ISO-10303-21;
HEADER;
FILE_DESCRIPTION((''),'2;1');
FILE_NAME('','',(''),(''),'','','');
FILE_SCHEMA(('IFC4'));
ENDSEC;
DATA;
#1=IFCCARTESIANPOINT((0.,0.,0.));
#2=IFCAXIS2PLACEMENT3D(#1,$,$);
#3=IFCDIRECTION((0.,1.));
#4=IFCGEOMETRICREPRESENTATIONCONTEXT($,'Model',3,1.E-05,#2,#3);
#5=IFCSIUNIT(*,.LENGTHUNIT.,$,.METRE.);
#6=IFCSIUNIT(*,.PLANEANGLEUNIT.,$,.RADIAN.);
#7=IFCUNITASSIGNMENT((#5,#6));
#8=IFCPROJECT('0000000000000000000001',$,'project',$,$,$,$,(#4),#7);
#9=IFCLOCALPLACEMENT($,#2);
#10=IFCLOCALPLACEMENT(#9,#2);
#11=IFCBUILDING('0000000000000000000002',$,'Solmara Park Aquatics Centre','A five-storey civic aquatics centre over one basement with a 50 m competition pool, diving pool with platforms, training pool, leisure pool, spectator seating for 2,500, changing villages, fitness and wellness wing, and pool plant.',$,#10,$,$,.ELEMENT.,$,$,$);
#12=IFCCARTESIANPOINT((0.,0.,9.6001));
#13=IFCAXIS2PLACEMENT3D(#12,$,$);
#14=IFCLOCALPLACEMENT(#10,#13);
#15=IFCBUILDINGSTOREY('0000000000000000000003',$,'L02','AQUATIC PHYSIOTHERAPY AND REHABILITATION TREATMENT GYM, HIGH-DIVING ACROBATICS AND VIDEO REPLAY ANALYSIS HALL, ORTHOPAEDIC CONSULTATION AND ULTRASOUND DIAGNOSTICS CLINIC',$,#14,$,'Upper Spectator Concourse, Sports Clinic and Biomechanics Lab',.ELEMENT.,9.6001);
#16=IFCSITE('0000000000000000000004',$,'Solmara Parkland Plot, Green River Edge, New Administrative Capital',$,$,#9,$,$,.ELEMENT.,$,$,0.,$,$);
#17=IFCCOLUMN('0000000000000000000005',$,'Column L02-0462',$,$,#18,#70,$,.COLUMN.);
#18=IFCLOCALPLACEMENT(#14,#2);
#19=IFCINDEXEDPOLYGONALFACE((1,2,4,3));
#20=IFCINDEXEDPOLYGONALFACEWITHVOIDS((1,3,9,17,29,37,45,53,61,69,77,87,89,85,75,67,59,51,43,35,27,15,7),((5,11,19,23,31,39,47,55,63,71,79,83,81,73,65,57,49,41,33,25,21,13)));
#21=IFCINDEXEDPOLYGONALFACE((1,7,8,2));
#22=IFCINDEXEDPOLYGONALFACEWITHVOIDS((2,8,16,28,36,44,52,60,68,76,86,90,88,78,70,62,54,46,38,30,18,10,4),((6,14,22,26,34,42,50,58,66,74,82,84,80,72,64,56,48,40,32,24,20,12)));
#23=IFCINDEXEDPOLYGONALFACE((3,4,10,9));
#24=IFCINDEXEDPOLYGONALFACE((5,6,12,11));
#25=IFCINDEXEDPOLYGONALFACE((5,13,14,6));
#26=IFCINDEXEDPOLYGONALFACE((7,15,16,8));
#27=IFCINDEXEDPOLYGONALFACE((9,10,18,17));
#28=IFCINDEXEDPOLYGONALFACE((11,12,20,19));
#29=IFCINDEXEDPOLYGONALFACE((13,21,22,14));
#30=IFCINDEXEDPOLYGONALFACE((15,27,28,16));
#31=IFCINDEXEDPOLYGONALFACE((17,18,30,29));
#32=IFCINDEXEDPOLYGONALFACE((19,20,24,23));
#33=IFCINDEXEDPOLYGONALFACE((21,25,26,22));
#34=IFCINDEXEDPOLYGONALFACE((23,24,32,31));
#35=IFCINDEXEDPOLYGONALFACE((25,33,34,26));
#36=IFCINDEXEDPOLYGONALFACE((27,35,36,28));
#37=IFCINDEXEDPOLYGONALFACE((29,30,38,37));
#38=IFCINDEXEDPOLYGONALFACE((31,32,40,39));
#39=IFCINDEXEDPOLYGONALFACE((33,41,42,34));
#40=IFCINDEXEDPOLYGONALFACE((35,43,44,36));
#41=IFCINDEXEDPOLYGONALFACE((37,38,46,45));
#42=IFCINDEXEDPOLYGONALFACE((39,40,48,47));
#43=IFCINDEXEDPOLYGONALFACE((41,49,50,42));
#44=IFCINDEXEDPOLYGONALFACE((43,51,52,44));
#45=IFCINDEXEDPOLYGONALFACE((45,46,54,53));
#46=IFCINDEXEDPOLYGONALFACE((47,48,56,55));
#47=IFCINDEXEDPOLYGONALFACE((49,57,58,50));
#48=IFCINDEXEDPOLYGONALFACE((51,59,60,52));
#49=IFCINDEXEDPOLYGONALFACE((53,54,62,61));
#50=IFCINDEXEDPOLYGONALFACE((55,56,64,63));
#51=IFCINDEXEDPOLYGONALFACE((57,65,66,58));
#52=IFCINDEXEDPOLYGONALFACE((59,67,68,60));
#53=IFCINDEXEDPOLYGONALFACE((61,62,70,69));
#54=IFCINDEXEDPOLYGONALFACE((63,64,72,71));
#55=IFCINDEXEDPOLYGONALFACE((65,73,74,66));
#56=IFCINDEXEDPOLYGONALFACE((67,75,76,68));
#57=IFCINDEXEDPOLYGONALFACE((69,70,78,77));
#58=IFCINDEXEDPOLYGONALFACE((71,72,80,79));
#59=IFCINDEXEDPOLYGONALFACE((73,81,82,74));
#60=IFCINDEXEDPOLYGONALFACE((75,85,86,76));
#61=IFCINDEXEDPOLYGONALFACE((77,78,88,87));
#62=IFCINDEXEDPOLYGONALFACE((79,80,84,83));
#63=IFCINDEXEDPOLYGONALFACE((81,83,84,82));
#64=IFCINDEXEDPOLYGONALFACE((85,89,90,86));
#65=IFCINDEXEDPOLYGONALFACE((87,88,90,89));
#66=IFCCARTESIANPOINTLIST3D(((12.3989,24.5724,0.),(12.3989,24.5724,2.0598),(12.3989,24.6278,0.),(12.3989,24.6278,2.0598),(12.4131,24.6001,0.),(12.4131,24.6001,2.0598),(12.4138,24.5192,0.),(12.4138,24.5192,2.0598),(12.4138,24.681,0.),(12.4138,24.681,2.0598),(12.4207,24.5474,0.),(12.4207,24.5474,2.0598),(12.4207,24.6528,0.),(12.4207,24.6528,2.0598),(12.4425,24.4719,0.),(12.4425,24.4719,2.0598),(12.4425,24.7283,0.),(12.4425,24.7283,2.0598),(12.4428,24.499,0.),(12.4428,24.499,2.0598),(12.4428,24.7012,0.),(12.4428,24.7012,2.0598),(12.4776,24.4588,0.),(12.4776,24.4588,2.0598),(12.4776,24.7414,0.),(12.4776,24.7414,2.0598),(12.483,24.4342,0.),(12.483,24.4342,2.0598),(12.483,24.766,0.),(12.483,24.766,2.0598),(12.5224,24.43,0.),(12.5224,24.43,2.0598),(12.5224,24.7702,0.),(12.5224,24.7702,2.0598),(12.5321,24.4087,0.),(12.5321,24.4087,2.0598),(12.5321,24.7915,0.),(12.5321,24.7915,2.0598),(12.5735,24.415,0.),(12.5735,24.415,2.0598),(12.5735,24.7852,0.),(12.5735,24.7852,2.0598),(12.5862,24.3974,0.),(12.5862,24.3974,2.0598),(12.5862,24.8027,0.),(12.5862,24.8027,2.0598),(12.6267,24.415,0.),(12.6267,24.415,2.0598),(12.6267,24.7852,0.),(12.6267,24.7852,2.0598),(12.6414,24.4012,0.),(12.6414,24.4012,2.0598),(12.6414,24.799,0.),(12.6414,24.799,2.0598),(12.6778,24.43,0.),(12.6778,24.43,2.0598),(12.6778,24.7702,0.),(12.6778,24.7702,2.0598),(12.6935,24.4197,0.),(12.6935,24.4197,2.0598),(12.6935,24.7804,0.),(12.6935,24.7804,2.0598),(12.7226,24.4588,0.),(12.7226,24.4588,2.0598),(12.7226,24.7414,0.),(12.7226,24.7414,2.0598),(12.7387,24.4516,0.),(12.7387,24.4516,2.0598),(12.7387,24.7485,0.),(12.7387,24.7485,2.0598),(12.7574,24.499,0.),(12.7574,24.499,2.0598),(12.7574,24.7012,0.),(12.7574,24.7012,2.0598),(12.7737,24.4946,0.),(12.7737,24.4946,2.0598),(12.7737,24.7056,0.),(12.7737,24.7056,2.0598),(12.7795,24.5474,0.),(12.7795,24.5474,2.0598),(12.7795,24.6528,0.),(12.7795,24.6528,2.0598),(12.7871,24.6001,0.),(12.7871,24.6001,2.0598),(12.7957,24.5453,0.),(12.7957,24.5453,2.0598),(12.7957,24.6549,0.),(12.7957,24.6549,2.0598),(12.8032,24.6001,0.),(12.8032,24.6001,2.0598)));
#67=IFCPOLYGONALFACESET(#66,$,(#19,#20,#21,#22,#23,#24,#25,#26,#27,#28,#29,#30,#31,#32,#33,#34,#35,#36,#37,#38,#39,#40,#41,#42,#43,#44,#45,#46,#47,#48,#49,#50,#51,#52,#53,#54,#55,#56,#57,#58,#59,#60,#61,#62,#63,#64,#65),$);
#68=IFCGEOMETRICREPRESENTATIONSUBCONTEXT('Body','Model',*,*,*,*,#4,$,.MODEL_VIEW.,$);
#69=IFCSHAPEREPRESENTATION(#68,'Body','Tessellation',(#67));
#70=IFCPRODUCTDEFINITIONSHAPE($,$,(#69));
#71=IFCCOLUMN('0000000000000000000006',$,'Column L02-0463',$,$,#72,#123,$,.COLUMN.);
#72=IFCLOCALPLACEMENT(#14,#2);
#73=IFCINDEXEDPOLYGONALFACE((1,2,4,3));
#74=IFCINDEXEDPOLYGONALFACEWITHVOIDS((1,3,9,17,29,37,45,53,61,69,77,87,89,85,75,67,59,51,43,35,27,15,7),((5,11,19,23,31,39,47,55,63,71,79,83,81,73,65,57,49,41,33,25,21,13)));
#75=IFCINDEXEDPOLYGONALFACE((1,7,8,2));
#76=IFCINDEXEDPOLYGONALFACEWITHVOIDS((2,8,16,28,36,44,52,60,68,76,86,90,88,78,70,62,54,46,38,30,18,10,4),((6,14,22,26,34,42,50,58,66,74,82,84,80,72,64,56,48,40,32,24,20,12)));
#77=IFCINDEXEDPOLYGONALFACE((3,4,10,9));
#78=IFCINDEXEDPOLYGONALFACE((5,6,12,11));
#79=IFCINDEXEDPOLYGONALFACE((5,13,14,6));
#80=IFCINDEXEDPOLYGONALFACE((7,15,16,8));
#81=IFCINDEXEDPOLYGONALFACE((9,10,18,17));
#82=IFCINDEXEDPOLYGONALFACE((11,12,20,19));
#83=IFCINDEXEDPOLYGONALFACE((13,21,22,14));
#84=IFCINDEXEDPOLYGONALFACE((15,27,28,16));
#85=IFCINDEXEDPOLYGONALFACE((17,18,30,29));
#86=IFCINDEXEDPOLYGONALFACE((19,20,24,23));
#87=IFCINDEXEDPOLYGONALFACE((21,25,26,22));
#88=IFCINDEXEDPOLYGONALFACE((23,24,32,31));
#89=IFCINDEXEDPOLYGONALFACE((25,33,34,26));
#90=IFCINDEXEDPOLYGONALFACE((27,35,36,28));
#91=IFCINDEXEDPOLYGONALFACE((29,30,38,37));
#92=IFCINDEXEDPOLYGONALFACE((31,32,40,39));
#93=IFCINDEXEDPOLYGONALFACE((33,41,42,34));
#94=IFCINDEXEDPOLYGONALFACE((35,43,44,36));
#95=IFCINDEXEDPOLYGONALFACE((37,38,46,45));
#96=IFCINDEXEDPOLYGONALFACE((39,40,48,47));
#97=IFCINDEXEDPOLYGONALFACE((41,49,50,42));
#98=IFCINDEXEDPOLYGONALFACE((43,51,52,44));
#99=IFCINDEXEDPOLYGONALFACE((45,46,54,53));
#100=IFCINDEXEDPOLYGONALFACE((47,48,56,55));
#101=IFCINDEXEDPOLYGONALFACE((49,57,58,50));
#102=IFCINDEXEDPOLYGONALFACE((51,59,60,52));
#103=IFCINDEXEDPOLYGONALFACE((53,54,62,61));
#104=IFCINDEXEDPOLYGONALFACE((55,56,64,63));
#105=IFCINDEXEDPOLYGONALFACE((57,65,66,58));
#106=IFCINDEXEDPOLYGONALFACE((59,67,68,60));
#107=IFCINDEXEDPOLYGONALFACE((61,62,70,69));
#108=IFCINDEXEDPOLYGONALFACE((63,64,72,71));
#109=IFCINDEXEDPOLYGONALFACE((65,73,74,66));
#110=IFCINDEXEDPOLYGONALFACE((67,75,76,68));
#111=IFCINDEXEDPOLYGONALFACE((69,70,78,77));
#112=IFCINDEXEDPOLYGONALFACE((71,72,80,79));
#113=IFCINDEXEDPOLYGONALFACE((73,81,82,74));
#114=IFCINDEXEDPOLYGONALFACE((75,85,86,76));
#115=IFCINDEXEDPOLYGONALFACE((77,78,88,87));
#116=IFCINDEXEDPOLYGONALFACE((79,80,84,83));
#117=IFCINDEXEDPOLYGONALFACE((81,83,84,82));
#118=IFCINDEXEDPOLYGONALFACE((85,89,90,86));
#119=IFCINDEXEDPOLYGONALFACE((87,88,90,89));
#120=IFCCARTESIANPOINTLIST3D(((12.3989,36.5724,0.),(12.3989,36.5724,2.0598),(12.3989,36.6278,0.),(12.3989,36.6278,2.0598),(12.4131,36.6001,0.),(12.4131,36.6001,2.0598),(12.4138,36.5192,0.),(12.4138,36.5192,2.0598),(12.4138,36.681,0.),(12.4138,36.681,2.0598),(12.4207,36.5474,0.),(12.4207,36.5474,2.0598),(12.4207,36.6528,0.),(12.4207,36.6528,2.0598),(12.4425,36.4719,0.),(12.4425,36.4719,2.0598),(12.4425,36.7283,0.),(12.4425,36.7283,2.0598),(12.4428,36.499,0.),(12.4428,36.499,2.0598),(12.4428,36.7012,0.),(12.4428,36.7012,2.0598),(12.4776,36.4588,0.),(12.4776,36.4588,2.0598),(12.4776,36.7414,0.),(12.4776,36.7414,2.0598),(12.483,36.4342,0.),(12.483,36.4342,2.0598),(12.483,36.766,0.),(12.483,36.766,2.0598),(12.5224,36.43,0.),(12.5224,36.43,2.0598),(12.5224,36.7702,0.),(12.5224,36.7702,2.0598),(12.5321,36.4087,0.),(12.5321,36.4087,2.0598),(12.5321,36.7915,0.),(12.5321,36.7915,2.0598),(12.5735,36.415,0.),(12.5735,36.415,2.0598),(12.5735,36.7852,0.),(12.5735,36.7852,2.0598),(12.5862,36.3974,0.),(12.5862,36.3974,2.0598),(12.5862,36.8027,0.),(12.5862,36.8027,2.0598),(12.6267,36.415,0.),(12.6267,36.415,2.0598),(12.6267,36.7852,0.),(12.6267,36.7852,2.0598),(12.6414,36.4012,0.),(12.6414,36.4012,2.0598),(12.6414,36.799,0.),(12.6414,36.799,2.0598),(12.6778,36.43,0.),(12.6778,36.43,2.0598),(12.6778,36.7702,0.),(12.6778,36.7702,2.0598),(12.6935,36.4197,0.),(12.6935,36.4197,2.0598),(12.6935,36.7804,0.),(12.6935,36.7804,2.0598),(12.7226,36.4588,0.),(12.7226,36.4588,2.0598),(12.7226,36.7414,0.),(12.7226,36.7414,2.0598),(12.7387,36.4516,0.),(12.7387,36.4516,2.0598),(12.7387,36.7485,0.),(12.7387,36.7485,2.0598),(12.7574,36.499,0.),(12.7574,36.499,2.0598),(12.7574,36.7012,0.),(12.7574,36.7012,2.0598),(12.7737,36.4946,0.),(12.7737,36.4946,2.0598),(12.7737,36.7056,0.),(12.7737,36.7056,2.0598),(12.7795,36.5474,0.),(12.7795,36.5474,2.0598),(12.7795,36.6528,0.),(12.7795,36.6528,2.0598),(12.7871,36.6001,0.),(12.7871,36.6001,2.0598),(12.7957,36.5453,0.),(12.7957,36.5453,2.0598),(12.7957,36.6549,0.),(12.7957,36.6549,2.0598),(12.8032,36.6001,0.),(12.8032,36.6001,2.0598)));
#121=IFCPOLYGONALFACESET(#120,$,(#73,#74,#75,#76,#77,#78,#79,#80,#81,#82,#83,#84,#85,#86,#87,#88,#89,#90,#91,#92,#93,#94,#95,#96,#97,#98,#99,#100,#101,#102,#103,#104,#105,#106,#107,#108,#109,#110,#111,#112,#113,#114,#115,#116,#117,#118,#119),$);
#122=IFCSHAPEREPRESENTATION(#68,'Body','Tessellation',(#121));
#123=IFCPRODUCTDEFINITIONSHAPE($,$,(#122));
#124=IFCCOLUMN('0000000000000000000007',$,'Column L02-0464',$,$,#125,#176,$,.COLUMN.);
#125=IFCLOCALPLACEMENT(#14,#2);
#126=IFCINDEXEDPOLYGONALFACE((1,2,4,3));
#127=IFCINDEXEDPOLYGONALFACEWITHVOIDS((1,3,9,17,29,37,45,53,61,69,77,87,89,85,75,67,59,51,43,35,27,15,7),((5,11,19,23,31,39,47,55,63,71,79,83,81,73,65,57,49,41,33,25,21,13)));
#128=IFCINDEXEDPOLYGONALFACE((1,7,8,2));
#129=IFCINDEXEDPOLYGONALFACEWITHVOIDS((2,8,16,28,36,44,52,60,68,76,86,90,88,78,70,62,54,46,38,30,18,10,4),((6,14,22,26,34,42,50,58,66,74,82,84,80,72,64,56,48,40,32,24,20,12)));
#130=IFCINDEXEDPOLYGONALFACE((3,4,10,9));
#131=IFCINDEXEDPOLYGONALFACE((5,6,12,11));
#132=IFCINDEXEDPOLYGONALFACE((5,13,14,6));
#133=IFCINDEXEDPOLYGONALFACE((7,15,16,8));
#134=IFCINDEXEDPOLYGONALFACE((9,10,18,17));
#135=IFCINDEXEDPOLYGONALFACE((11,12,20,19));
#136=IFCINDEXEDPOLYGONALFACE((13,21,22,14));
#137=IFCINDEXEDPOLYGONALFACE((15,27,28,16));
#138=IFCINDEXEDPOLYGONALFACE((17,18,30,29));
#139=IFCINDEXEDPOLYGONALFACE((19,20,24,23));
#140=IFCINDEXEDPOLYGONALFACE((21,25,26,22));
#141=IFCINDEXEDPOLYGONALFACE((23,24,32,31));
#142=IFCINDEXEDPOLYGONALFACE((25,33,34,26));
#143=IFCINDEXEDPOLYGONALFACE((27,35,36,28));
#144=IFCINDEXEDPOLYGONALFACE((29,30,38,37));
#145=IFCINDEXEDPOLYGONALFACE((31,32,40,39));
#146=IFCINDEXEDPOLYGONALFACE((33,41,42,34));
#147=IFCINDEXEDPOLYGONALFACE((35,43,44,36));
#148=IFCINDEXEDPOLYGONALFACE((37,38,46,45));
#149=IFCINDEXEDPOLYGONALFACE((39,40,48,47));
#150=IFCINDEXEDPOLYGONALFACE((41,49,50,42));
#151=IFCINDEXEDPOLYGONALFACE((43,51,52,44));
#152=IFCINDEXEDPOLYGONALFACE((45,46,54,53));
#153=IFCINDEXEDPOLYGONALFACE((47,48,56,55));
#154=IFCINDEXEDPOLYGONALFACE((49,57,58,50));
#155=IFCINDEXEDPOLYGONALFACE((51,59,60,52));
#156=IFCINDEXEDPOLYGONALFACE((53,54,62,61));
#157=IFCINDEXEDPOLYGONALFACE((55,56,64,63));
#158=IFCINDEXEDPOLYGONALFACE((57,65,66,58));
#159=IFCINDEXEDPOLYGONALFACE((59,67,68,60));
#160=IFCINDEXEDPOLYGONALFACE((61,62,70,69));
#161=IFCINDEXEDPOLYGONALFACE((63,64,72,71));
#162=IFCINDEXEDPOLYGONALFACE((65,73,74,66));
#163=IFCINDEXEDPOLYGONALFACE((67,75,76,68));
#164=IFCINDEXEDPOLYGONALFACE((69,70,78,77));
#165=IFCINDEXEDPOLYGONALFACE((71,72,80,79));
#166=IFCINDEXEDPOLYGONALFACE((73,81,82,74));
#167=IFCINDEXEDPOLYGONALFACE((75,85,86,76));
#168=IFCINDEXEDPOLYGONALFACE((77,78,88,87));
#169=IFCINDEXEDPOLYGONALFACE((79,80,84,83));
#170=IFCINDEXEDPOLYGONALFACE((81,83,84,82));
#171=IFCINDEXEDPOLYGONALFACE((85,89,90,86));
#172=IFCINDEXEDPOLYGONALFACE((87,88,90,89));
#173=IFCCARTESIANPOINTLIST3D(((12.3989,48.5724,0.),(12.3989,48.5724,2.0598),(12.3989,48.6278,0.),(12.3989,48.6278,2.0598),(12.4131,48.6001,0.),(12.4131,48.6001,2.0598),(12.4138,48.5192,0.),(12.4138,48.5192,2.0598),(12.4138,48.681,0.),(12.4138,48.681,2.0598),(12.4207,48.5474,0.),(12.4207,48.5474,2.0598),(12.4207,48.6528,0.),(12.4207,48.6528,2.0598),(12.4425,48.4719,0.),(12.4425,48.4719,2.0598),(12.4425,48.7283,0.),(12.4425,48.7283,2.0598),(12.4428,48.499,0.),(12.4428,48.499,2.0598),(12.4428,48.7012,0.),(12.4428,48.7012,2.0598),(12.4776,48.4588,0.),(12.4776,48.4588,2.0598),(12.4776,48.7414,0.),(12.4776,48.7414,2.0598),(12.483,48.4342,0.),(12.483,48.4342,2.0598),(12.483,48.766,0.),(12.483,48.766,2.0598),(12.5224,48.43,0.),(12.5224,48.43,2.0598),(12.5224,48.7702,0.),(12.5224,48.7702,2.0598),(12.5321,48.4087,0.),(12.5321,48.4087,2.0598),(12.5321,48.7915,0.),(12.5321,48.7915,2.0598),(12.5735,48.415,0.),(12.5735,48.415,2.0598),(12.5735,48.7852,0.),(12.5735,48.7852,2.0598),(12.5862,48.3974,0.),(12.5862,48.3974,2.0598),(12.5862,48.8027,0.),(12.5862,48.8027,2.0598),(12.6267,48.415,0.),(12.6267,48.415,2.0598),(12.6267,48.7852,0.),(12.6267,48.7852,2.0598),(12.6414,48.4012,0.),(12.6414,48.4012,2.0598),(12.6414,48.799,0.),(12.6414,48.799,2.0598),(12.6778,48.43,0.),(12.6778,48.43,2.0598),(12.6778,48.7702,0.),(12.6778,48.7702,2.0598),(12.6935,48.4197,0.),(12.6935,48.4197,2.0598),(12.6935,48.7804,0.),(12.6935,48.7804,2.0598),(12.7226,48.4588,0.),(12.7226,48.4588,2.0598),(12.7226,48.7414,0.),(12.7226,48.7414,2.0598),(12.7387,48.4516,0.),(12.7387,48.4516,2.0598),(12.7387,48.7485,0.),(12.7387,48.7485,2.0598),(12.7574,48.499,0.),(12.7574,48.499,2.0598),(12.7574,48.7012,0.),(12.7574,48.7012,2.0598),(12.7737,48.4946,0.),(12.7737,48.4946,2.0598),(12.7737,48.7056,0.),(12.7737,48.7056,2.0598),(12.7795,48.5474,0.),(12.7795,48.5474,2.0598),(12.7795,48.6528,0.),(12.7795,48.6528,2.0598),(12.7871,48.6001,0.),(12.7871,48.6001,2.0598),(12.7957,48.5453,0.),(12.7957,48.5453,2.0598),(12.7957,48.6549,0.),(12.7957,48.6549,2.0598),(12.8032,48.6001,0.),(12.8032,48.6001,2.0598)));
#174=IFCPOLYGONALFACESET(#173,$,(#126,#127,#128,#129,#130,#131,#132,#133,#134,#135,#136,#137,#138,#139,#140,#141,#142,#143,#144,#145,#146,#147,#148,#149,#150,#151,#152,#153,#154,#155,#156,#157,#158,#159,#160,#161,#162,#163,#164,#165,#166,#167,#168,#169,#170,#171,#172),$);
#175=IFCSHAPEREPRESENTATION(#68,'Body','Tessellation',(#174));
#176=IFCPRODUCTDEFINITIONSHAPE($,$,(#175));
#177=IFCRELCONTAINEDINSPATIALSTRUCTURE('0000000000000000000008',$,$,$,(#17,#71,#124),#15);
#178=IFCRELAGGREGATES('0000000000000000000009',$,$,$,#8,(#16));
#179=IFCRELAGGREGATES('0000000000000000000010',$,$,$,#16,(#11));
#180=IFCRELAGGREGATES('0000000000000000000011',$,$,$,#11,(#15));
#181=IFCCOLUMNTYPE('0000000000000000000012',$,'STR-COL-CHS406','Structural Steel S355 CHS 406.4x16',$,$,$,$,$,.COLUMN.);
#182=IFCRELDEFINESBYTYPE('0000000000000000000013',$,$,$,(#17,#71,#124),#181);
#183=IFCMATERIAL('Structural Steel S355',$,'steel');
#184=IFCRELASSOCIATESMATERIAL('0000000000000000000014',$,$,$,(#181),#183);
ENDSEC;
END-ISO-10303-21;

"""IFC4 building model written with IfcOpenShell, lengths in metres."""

from ifc_helpers import new_model, si_unit, direction, frame, origin, origin_2d, place, context, subcontext, project, spatial, hollow_circle, extrude, material, material_profile, profile_set, type_object, element, save


model = new_model("IFC4")

# Units and contexts
model_context = context("Model", 3, precision=1e-05, world=origin(), true_north=direction((0.0, 1.0)))
body_context = subcontext(model_context, "Body", "Model", "MODEL_VIEW")
ifc_project = project(units=[si_unit("LENGTHUNIT", "METRE"), si_unit("PLANEANGLEUNIT", "RADIAN")], contexts=[model_context])

# Site, building, storey
site_placement = place(None, origin())
site = spatial("IfcSite", under=ifc_project, at=site_placement, Name="Solmara Parkland Plot, Green River Edge, New Administrative Capital", CompositionType="ELEMENT", RefElevation=0.0)
building_placement = place(site_placement, origin())
building = spatial("IfcBuilding", under=site, at=building_placement, Name="Solmara Park Aquatics Centre", Description="A five-storey civic aquatics centre over one basement with a 50 m competition pool, diving pool with platforms, training pool, leisure pool, spectator seating for 2,500, changing villages, fitness and wellness wing, and pool plant.", CompositionType="ELEMENT")
storey_placement = place(building_placement, frame((0.0, 0.0, 9.6001)))
storey = spatial("IfcBuildingStorey", under=building, at=storey_placement, Name="L02", Description="AQUATIC PHYSIOTHERAPY AND REHABILITATION TREATMENT GYM, HIGH-DIVING ACROBATICS AND VIDEO REPLAY ANALYSIS HALL, ORTHOPAEDIC CONSULTATION AND ULTRASOUND DIAGNOSTICS CLINIC", LongName="Upper Spectator Concourse, Sports Clinic and Biomechanics Lab", CompositionType="ELEMENT", Elevation=9.6001)

# Columns
ifc_material_1 = material(Name="Structural Steel S355", Category="steel")
ifc_material_profile_1 = material_profile(ifc_material_1, hollow_circle(Radius=0.2031, WallThickness=0.0161, at=origin_2d()), Name="CHS 406.4x16")
ifc_profile_set_1 = profile_set([ifc_material_profile_1], Name="Structural Steel S355")
column_type_1 = type_object("IfcColumnType", Name="STR-COL-CHS406", Description="Structural Steel S355 CHS 406.4x16", PredefinedType="COLUMN", material=ifc_profile_set_1)
for number, where, z_axis, x_axis, name in (
    (1, (12.6001, 24.6001, 0.0), (0.0, 0.0, 1.0), (1.0, 0.0, 0.0), "Column L02-0462"),
    (2, (12.6001, 36.6001, 0.0), (0.0, 0.0, 1.0), (1.0, 0.0, 0.0), "Column L02-0463"),
    (3, (12.6001, 48.6001, 0.0), (0.0, 0.0, 1.0), (1.0, 0.0, 0.0), "Column L02-0464"),
):
    element("IfcColumn", number, at=place(storey_placement, frame(where, z_axis=z_axis, x_axis=x_axis)), inside=storey, type_object=column_type_1, Name=name, PredefinedType="COLUMN", context=body_context, shape_type="SweptSolid", body=[
        extrude(hollow_circle(Radius=0.2031, WallThickness=0.0161, at=origin_2d()), origin(), (0.0, 0.0, 1.0), 2.0598),
    ])

save(model, "model.ifc")
